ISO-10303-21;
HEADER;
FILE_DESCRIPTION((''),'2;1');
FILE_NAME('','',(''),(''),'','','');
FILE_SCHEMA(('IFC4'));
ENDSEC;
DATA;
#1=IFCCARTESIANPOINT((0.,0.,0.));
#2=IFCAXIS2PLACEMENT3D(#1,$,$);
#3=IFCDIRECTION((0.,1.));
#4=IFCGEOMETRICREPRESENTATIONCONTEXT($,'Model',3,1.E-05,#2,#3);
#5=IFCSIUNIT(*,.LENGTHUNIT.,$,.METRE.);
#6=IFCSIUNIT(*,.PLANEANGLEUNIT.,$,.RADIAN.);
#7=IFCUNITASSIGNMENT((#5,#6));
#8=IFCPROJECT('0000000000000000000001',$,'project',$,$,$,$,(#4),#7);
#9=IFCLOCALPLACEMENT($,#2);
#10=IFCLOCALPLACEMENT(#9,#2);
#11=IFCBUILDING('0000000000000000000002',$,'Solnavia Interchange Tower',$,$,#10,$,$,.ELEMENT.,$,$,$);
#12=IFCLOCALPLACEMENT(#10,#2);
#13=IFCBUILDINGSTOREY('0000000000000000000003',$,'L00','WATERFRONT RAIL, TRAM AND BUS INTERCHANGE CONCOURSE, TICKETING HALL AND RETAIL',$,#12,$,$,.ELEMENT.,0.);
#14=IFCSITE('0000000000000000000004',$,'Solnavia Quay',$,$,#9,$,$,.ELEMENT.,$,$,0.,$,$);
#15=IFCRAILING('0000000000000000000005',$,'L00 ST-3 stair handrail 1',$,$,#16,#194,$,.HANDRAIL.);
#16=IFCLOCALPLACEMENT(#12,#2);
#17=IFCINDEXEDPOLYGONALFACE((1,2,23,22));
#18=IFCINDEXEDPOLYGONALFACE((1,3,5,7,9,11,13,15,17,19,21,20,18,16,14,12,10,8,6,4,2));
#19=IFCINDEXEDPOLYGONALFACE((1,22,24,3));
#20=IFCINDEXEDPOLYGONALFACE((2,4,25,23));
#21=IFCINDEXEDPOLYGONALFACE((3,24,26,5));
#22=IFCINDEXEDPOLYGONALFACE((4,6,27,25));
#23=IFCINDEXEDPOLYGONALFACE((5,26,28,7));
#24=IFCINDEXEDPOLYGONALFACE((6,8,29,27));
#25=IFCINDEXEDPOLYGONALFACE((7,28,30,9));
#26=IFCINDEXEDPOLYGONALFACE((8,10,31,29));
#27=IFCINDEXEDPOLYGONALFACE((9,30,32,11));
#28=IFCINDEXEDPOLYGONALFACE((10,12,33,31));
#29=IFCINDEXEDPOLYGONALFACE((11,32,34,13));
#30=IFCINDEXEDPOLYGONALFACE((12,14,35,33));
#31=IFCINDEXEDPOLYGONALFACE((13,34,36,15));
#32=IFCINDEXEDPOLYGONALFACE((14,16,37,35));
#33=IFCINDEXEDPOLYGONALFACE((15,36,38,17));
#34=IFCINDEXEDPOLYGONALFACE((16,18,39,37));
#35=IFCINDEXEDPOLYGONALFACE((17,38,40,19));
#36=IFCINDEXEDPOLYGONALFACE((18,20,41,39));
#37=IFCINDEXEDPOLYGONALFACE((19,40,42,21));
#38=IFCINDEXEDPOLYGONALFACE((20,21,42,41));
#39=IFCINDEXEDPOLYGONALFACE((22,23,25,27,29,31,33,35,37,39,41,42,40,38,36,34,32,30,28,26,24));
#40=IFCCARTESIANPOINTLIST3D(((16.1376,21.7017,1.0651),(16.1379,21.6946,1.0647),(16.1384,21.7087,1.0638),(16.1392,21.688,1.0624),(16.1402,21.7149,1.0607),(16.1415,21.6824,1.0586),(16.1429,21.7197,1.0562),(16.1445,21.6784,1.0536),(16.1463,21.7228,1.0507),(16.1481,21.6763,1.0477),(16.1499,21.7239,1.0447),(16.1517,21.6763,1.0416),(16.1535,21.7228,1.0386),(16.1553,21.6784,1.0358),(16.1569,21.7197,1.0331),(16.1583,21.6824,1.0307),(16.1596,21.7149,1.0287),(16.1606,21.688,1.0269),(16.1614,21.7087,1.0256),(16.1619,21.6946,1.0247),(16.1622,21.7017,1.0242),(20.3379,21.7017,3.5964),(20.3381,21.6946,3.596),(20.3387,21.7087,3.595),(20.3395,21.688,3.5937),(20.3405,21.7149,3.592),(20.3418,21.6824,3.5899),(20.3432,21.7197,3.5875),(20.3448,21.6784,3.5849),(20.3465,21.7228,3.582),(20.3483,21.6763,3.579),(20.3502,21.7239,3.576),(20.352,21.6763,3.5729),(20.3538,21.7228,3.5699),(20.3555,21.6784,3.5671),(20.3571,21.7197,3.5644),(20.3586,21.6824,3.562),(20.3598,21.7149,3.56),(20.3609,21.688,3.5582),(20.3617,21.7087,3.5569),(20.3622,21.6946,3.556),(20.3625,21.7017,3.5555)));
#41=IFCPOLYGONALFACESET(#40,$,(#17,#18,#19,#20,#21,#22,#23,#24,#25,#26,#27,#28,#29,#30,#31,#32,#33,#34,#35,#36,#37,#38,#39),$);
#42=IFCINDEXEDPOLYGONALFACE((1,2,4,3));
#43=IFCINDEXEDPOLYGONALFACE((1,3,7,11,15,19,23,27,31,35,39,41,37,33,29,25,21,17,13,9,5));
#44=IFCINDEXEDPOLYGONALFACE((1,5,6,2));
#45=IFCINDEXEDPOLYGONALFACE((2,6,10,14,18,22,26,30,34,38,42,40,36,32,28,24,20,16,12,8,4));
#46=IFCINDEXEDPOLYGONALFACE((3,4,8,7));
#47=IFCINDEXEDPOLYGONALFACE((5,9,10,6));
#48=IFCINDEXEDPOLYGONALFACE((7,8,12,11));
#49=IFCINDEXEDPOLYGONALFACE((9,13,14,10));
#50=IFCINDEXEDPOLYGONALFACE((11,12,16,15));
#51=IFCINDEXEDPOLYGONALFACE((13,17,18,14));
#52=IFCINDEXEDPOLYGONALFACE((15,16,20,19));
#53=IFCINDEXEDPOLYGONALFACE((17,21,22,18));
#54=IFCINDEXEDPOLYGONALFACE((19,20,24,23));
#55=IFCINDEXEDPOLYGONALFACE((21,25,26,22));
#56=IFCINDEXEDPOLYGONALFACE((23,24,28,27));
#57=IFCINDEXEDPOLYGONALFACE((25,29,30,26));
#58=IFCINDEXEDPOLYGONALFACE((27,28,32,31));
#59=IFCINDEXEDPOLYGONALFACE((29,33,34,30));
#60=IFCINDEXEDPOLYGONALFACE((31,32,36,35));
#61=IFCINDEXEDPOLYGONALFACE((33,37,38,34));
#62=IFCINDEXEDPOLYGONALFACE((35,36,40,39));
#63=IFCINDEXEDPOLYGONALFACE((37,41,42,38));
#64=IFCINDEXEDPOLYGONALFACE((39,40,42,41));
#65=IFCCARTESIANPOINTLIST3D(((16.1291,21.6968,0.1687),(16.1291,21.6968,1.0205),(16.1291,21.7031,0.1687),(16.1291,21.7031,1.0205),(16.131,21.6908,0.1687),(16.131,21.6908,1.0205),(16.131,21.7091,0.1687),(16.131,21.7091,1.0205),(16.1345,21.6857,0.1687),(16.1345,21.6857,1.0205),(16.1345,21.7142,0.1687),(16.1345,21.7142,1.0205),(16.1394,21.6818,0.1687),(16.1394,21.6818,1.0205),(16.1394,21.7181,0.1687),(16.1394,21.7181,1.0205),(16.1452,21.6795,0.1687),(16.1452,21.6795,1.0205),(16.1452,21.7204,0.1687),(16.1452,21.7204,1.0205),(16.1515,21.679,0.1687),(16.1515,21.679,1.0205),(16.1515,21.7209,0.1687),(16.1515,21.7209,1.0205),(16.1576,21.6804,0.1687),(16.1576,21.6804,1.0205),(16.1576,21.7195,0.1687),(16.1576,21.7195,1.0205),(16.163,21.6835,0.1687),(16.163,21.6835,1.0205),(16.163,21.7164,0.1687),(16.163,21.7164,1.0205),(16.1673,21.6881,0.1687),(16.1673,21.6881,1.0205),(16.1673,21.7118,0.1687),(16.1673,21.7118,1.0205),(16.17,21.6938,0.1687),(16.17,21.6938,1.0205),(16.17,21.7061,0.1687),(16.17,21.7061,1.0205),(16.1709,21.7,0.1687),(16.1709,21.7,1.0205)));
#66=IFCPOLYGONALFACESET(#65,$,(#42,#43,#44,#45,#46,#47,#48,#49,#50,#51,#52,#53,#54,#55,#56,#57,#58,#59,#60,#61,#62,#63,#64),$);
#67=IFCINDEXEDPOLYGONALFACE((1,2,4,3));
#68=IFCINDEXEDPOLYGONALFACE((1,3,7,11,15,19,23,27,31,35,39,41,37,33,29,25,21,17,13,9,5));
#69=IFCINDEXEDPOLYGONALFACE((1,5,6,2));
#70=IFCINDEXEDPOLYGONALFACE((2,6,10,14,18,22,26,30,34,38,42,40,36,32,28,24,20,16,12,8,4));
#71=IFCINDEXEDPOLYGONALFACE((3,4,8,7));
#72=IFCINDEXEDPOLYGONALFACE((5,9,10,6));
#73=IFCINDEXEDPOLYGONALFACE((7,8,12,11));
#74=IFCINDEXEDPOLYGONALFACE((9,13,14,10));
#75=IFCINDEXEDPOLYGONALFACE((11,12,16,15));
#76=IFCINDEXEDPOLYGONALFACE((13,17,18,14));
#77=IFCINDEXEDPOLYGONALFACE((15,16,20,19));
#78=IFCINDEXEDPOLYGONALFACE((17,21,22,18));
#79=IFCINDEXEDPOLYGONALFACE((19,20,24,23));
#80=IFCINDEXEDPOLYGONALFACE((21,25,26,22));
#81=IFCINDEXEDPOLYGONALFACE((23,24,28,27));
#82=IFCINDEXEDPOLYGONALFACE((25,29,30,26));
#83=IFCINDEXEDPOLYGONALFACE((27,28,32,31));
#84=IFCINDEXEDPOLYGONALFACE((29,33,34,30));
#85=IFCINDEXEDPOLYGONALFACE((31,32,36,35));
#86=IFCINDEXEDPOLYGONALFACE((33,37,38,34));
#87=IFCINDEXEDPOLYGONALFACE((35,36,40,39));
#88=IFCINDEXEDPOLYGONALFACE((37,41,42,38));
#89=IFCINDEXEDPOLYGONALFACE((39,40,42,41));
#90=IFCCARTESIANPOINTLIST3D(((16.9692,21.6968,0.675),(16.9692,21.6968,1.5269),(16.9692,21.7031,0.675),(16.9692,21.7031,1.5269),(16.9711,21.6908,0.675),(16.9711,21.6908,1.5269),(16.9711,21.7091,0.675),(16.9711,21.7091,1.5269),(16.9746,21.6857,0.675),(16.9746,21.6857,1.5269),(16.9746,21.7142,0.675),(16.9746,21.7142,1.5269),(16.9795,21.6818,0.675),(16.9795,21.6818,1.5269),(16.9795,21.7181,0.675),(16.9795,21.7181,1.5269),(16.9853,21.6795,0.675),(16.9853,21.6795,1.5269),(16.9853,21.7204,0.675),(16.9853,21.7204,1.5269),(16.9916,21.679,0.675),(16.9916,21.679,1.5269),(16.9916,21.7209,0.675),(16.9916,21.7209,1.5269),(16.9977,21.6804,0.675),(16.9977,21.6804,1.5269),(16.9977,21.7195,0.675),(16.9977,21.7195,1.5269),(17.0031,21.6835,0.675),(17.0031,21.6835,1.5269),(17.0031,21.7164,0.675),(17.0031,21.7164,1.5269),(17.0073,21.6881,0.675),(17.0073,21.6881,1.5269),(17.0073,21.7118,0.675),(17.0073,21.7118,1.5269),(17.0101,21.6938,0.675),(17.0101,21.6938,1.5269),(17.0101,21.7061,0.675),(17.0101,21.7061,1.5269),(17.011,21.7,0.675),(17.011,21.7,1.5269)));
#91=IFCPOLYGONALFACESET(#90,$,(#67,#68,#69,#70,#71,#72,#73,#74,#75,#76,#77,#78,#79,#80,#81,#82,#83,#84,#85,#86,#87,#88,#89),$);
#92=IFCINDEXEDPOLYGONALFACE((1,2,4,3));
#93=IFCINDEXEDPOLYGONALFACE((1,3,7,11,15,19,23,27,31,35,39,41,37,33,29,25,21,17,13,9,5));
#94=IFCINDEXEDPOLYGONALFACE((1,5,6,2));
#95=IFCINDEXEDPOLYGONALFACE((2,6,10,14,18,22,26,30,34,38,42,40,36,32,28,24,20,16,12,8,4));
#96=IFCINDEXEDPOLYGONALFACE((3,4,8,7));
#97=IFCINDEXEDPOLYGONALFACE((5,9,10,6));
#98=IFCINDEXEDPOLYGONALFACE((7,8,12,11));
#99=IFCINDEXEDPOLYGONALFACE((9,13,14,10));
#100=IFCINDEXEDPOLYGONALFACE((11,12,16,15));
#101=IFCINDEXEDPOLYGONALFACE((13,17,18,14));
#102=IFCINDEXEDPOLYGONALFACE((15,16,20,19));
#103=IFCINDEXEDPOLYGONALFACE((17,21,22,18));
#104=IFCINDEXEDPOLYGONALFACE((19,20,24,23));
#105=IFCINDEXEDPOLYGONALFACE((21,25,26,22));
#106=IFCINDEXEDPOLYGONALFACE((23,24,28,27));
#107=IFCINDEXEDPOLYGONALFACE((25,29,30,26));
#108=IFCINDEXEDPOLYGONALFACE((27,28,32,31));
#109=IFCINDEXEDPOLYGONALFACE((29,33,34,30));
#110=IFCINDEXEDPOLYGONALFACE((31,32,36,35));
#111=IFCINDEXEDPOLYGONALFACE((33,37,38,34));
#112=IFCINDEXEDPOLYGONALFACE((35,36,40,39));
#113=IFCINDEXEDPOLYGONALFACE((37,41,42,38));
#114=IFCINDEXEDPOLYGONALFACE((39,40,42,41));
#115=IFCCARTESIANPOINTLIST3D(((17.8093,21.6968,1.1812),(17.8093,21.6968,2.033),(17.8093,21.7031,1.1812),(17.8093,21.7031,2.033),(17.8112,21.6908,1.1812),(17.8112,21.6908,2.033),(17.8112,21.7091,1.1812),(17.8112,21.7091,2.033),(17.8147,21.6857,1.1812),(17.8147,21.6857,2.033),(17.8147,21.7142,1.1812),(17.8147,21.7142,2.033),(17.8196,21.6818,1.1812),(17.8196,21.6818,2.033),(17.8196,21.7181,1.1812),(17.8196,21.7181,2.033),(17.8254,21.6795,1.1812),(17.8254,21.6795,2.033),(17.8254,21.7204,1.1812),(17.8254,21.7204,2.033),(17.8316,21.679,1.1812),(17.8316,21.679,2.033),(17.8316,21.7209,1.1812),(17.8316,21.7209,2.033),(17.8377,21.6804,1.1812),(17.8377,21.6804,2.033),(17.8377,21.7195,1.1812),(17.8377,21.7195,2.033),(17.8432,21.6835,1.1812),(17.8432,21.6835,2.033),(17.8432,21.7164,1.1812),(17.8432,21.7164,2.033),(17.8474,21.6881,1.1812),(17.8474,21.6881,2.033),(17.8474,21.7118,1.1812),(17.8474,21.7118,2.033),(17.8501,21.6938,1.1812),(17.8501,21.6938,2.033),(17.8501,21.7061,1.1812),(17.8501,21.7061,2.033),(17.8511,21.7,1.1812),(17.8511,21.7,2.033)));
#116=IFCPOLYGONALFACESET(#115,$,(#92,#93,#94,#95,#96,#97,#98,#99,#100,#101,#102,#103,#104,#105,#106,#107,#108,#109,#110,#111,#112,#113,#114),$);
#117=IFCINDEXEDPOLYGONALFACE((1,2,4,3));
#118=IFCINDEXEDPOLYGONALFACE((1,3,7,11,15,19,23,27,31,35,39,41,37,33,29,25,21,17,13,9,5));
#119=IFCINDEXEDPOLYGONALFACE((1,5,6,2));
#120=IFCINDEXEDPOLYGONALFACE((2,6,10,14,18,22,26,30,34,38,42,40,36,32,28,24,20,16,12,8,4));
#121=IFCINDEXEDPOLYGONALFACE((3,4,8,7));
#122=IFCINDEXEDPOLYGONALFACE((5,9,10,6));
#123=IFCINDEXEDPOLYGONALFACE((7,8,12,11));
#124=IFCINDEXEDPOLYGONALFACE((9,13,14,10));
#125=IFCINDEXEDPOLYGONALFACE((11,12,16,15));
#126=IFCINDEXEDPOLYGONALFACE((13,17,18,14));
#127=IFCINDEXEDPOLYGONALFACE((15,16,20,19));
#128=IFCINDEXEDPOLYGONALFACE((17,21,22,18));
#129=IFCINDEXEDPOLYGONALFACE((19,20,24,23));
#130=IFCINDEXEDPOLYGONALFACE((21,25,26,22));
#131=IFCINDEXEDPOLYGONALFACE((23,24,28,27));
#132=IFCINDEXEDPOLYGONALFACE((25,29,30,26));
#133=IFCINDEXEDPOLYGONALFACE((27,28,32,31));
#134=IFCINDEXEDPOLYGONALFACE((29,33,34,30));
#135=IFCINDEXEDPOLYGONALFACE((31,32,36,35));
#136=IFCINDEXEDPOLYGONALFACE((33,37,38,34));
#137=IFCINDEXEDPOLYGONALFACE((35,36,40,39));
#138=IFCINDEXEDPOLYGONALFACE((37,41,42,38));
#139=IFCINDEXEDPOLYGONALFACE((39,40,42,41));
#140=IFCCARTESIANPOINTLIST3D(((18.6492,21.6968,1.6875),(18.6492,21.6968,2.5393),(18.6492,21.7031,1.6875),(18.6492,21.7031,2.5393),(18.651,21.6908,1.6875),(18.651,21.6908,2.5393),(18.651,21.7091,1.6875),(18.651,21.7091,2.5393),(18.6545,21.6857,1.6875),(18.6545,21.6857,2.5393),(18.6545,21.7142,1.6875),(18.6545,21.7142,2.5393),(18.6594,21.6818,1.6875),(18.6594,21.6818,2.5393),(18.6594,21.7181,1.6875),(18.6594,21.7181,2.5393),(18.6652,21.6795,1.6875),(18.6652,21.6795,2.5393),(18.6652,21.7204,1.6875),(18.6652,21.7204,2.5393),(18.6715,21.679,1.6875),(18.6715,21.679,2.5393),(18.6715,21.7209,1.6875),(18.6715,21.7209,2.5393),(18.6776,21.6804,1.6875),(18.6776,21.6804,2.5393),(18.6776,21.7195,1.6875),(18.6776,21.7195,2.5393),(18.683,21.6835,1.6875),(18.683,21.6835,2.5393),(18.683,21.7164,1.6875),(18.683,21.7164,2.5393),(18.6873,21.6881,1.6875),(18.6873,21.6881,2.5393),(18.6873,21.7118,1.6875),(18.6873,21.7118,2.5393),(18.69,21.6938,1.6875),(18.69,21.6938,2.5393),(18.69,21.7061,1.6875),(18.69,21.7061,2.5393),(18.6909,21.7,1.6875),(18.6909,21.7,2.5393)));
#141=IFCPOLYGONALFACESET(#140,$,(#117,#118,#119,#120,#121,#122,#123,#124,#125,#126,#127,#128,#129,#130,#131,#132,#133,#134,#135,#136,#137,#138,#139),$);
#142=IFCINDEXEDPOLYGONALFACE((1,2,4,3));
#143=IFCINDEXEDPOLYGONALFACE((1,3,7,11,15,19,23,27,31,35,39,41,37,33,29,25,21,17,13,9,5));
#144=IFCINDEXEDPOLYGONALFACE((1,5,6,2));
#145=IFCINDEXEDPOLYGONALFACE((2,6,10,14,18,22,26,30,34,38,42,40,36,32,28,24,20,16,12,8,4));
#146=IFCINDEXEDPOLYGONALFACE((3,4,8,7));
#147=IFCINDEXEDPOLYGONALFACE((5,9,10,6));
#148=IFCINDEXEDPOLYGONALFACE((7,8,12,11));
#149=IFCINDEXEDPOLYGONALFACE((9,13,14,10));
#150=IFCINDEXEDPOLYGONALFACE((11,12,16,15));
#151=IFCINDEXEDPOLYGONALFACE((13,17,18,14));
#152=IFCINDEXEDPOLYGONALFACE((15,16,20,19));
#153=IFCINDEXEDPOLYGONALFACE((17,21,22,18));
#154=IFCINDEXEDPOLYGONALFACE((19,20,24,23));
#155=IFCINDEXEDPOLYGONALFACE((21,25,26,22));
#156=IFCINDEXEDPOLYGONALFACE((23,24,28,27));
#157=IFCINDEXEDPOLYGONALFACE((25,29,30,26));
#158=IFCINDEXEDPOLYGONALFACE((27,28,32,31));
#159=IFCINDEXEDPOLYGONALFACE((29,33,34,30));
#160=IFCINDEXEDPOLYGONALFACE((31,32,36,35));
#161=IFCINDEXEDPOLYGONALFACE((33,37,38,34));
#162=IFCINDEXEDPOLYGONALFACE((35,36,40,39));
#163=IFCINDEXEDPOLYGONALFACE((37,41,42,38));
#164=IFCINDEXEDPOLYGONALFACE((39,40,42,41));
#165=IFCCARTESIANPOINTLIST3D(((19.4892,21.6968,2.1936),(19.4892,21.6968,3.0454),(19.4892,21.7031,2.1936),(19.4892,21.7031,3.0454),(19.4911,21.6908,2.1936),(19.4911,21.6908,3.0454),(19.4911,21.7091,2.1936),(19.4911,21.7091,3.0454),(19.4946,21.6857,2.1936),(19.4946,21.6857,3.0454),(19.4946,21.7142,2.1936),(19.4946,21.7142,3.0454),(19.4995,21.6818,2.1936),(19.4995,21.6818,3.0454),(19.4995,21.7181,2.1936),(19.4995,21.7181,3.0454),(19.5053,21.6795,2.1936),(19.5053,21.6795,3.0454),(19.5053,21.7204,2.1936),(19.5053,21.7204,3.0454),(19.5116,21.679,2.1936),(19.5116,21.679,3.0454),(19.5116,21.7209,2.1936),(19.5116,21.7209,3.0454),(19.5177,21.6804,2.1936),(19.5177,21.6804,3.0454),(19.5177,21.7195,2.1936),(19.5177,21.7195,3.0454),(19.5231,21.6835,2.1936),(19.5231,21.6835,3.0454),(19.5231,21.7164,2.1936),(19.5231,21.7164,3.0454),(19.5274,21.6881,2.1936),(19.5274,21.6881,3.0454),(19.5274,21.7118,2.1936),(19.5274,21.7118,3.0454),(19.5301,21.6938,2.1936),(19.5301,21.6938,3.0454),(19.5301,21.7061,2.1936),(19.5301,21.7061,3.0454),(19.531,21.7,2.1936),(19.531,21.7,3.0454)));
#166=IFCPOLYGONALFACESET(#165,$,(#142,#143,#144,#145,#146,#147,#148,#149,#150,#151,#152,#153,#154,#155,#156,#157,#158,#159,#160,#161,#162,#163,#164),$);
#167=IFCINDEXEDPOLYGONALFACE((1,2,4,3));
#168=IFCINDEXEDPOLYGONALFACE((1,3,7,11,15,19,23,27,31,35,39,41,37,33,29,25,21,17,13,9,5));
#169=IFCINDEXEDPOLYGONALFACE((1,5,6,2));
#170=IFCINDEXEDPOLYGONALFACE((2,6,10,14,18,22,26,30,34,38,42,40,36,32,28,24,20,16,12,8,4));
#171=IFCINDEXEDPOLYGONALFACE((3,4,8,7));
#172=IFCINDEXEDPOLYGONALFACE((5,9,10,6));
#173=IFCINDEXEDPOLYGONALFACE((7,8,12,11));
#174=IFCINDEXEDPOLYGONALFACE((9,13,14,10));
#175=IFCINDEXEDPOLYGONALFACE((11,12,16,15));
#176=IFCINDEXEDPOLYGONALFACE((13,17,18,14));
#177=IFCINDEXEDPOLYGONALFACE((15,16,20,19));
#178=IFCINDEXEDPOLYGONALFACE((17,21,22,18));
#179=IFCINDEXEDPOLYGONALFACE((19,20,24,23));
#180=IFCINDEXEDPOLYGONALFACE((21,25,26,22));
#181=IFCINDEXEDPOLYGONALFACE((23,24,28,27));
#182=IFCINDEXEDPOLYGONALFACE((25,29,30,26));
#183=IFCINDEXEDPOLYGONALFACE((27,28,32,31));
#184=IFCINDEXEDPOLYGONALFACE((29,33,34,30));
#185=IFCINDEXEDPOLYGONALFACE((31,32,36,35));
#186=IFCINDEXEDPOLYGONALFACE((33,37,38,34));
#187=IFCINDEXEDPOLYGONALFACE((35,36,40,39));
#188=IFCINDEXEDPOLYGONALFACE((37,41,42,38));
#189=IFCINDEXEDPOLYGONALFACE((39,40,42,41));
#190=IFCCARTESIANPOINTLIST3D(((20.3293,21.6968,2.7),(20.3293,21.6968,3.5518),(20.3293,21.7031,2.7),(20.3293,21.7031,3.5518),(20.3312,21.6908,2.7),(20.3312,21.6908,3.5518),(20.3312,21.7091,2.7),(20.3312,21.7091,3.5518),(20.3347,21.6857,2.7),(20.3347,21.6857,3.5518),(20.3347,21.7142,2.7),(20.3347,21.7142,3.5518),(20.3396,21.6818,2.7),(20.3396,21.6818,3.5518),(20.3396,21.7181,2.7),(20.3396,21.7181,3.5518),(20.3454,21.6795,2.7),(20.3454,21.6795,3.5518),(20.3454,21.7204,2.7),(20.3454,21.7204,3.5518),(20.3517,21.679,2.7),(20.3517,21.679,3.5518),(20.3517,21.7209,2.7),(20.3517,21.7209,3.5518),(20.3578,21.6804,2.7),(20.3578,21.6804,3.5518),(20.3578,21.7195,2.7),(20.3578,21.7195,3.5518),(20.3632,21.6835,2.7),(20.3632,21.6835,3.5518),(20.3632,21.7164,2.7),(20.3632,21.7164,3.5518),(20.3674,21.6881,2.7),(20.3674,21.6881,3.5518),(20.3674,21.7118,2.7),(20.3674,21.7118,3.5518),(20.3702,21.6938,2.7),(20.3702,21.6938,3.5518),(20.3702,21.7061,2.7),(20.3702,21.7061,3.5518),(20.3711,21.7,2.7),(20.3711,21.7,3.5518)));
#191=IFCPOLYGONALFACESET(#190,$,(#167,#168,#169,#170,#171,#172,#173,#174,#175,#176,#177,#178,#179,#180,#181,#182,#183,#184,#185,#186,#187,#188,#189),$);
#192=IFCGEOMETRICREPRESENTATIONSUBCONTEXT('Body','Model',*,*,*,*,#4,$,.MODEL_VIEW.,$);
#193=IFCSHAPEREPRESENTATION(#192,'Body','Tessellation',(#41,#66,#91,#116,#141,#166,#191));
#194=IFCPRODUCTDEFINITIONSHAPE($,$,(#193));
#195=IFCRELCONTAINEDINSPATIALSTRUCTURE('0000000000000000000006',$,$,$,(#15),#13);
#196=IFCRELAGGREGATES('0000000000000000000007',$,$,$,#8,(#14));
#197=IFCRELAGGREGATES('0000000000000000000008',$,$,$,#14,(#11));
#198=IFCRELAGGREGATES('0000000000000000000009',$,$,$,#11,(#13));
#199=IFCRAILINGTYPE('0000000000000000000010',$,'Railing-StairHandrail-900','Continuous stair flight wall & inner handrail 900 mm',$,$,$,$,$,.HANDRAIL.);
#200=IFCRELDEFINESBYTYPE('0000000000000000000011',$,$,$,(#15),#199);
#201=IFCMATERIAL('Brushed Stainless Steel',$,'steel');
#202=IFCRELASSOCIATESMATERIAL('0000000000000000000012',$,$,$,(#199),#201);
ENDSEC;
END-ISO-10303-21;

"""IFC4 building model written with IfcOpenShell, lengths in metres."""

from ifc_helpers import new_model, si_unit, direction, frame, origin, origin_2d, place, context, subcontext, project, spatial, circle, extrude, material, type_object, element, save


model = new_model("IFC4")

# Units and contexts
model_context = context("Model", 3, precision=1e-05, world=origin(), true_north=direction((0.0, 1.0)))
body_context = subcontext(model_context, "Body", "Model", "MODEL_VIEW")
ifc_project = project(units=[si_unit("LENGTHUNIT", "METRE"), si_unit("PLANEANGLEUNIT", "RADIAN")], contexts=[model_context])

# Site, building, storey
site_placement = place(None, origin())
site = spatial("IfcSite", under=ifc_project, at=site_placement, Name="Solnavia Quay", CompositionType="ELEMENT", RefElevation=0.0)
building_placement = place(site_placement, origin())
building = spatial("IfcBuilding", under=site, at=building_placement, Name="Solnavia Interchange Tower", CompositionType="ELEMENT")
storey_placement = place(building_placement, origin())
storey = spatial("IfcBuildingStorey", under=building, at=storey_placement, Name="L00", Description="WATERFRONT RAIL, TRAM AND BUS INTERCHANGE CONCOURSE, TICKETING HALL AND RETAIL", CompositionType="ELEMENT", Elevation=0.0)

# Railing
ifc_material_1 = material(Name="Brushed Stainless Steel", Category="steel")
railing_type_1 = type_object("IfcRailingType", Name="Railing-StairHandrail-900", Description="Continuous stair flight wall & inner handrail 900 mm", PredefinedType="HANDRAIL", material=ifc_material_1)
railing_1_placement = place(storey_placement, frame((16.1499, 21.7, 0.1687)))
element("IfcRailing", 1, at=railing_1_placement, inside=storey, type_object=railing_type_1, Name="L00 ST-3 stair handrail 1", PredefinedType="HANDRAIL", context=body_context, shape_type="SweptSolid", body=[
    extrude(circle(Radius=0.0239, at=origin_2d()), frame((0.0, 0.0, 0.876), z_axis=(0.85649, 0.0, 0.516164), x_axis=(0.0, 1.0, 0.0)), (0.0, 0.0, 1.0), 4.9041),
    extrude(circle(Radius=0.021, at=origin_2d()), origin(), (0.0, 0.0, 1.0), 0.8518),
    extrude(circle(Radius=0.021, at=origin_2d()), frame((0.8401, 0.0, 0.5063)), (0.0, 0.0, 1.0), 0.8518),
    extrude(circle(Radius=0.021, at=origin_2d()), frame((1.6802, 0.0, 1.0125)), (0.0, 0.0, 1.0), 0.8518),
    extrude(circle(Radius=0.021, at=origin_2d()), frame((2.52, 0.0, 1.5188)), (0.0, 0.0, 1.0), 0.8518),
    extrude(circle(Radius=0.021, at=origin_2d()), frame((3.3601, 0.0, 2.0249)), (0.0, 0.0, 1.0), 0.8518),
    extrude(circle(Radius=0.021, at=origin_2d()), frame((4.2002, 0.0, 2.5312)), (0.0, 0.0, 1.0), 0.8518),
])

save(model, "model.ifc")
